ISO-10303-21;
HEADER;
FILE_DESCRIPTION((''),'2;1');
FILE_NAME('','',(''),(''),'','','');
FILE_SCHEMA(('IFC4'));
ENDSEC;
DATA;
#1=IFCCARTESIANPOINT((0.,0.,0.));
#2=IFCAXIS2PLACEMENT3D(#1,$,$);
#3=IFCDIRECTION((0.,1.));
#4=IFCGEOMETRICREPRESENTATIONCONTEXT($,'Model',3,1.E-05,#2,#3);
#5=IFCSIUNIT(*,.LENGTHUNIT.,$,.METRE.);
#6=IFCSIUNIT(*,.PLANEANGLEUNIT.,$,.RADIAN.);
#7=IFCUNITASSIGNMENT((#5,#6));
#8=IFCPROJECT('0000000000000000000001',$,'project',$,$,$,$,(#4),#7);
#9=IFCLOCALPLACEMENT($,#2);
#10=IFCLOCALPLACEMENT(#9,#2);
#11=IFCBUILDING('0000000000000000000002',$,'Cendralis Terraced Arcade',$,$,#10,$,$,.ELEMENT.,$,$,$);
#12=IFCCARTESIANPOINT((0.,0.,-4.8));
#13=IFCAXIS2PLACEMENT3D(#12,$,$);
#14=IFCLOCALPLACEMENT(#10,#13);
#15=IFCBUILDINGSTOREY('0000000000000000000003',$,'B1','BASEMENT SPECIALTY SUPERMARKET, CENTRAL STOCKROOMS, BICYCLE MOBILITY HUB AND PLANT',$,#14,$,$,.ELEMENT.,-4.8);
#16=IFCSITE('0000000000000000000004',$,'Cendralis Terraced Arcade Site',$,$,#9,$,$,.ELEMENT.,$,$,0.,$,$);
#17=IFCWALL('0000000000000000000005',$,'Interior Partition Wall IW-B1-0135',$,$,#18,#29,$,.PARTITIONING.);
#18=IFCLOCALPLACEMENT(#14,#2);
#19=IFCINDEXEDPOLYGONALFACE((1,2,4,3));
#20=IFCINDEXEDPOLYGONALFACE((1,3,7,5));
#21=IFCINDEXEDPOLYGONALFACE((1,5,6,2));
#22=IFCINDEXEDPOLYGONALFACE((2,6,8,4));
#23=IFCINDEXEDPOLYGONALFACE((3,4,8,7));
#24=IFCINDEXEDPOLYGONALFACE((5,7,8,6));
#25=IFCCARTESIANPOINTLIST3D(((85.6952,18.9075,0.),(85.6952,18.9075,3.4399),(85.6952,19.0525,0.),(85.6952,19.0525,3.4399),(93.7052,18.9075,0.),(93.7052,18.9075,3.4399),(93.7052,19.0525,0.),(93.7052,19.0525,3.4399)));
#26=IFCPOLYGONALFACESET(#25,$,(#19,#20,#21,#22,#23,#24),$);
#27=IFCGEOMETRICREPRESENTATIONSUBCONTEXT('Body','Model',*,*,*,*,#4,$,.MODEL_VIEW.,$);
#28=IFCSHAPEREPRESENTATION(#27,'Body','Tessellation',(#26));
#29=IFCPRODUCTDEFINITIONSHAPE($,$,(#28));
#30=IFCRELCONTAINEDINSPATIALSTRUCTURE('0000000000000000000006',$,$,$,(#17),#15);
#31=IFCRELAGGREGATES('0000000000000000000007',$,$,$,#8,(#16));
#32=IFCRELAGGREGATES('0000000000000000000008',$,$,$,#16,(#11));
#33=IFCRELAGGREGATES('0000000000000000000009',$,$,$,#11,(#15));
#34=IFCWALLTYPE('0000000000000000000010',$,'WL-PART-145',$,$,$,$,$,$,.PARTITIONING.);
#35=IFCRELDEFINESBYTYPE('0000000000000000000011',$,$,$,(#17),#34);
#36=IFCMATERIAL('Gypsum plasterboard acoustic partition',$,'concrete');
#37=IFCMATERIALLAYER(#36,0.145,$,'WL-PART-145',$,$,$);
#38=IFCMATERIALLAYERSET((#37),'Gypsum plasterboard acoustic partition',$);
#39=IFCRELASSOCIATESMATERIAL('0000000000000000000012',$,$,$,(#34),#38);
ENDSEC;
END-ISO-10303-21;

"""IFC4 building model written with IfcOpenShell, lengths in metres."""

from ifc_helpers import new_model, si_unit, direction, frame, frame_2d, origin, place, context, subcontext, project, spatial, rectangle, extrude, material, layer, layer_set, type_object, element, save


model = new_model("IFC4")

# Units and contexts
model_context = context("Model", 3, precision=1e-05, world=origin(), true_north=direction((0.0, 1.0)))
body_context = subcontext(model_context, "Body", "Model", "MODEL_VIEW")
ifc_project = project(units=[si_unit("LENGTHUNIT", "METRE"), si_unit("PLANEANGLEUNIT", "RADIAN")], contexts=[model_context])

# Site, building, storey
site_placement = place(None, origin())
site = spatial("IfcSite", under=ifc_project, at=site_placement, Name="Cendralis Terraced Arcade Site", CompositionType="ELEMENT", RefElevation=0.0)
building_placement = place(site_placement, origin())
building = spatial("IfcBuilding", under=site, at=building_placement, Name="Cendralis Terraced Arcade", CompositionType="ELEMENT")
storey_placement = place(building_placement, frame((0.0, 0.0, -4.8)))
storey = spatial("IfcBuildingStorey", under=building, at=storey_placement, Name="B1", Description="BASEMENT SPECIALTY SUPERMARKET, CENTRAL STOCKROOMS, BICYCLE MOBILITY HUB AND PLANT", CompositionType="ELEMENT", Elevation=-4.8)

# Shared definitions
ifc_material_1 = material(Name="Gypsum plasterboard acoustic partition", Category="concrete")

# Wall
ifc_layer_1 = layer(ifc_material_1, 0.145, Name="WL-PART-145")
ifc_layer_set_1 = layer_set([ifc_layer_1], Name="Gypsum plasterboard acoustic partition")
wall_type_1 = type_object("IfcWallType", Name="WL-PART-145", PredefinedType="PARTITIONING", material=ifc_layer_set_1)
wall_1_placement = place(storey_placement, frame((93.7051, 18.98, 0.0), z_axis=(0.0, 0.0, 1.0), x_axis=(-1.0, 0.0, 0.0)))
element("IfcWall", 1, at=wall_1_placement, inside=storey, type_object=wall_type_1, Name="Interior Partition Wall IW-B1-0135", PredefinedType="PARTITIONING", context=body_context, shape_type="SweptSolid", body=[
    extrude(rectangle(XDim=8.01, YDim=0.145, at=frame_2d((4.0049, 0.0))), origin(), (0.0, 0.0, 1.0), 3.4399),
])

save(model, "model.ifc")
